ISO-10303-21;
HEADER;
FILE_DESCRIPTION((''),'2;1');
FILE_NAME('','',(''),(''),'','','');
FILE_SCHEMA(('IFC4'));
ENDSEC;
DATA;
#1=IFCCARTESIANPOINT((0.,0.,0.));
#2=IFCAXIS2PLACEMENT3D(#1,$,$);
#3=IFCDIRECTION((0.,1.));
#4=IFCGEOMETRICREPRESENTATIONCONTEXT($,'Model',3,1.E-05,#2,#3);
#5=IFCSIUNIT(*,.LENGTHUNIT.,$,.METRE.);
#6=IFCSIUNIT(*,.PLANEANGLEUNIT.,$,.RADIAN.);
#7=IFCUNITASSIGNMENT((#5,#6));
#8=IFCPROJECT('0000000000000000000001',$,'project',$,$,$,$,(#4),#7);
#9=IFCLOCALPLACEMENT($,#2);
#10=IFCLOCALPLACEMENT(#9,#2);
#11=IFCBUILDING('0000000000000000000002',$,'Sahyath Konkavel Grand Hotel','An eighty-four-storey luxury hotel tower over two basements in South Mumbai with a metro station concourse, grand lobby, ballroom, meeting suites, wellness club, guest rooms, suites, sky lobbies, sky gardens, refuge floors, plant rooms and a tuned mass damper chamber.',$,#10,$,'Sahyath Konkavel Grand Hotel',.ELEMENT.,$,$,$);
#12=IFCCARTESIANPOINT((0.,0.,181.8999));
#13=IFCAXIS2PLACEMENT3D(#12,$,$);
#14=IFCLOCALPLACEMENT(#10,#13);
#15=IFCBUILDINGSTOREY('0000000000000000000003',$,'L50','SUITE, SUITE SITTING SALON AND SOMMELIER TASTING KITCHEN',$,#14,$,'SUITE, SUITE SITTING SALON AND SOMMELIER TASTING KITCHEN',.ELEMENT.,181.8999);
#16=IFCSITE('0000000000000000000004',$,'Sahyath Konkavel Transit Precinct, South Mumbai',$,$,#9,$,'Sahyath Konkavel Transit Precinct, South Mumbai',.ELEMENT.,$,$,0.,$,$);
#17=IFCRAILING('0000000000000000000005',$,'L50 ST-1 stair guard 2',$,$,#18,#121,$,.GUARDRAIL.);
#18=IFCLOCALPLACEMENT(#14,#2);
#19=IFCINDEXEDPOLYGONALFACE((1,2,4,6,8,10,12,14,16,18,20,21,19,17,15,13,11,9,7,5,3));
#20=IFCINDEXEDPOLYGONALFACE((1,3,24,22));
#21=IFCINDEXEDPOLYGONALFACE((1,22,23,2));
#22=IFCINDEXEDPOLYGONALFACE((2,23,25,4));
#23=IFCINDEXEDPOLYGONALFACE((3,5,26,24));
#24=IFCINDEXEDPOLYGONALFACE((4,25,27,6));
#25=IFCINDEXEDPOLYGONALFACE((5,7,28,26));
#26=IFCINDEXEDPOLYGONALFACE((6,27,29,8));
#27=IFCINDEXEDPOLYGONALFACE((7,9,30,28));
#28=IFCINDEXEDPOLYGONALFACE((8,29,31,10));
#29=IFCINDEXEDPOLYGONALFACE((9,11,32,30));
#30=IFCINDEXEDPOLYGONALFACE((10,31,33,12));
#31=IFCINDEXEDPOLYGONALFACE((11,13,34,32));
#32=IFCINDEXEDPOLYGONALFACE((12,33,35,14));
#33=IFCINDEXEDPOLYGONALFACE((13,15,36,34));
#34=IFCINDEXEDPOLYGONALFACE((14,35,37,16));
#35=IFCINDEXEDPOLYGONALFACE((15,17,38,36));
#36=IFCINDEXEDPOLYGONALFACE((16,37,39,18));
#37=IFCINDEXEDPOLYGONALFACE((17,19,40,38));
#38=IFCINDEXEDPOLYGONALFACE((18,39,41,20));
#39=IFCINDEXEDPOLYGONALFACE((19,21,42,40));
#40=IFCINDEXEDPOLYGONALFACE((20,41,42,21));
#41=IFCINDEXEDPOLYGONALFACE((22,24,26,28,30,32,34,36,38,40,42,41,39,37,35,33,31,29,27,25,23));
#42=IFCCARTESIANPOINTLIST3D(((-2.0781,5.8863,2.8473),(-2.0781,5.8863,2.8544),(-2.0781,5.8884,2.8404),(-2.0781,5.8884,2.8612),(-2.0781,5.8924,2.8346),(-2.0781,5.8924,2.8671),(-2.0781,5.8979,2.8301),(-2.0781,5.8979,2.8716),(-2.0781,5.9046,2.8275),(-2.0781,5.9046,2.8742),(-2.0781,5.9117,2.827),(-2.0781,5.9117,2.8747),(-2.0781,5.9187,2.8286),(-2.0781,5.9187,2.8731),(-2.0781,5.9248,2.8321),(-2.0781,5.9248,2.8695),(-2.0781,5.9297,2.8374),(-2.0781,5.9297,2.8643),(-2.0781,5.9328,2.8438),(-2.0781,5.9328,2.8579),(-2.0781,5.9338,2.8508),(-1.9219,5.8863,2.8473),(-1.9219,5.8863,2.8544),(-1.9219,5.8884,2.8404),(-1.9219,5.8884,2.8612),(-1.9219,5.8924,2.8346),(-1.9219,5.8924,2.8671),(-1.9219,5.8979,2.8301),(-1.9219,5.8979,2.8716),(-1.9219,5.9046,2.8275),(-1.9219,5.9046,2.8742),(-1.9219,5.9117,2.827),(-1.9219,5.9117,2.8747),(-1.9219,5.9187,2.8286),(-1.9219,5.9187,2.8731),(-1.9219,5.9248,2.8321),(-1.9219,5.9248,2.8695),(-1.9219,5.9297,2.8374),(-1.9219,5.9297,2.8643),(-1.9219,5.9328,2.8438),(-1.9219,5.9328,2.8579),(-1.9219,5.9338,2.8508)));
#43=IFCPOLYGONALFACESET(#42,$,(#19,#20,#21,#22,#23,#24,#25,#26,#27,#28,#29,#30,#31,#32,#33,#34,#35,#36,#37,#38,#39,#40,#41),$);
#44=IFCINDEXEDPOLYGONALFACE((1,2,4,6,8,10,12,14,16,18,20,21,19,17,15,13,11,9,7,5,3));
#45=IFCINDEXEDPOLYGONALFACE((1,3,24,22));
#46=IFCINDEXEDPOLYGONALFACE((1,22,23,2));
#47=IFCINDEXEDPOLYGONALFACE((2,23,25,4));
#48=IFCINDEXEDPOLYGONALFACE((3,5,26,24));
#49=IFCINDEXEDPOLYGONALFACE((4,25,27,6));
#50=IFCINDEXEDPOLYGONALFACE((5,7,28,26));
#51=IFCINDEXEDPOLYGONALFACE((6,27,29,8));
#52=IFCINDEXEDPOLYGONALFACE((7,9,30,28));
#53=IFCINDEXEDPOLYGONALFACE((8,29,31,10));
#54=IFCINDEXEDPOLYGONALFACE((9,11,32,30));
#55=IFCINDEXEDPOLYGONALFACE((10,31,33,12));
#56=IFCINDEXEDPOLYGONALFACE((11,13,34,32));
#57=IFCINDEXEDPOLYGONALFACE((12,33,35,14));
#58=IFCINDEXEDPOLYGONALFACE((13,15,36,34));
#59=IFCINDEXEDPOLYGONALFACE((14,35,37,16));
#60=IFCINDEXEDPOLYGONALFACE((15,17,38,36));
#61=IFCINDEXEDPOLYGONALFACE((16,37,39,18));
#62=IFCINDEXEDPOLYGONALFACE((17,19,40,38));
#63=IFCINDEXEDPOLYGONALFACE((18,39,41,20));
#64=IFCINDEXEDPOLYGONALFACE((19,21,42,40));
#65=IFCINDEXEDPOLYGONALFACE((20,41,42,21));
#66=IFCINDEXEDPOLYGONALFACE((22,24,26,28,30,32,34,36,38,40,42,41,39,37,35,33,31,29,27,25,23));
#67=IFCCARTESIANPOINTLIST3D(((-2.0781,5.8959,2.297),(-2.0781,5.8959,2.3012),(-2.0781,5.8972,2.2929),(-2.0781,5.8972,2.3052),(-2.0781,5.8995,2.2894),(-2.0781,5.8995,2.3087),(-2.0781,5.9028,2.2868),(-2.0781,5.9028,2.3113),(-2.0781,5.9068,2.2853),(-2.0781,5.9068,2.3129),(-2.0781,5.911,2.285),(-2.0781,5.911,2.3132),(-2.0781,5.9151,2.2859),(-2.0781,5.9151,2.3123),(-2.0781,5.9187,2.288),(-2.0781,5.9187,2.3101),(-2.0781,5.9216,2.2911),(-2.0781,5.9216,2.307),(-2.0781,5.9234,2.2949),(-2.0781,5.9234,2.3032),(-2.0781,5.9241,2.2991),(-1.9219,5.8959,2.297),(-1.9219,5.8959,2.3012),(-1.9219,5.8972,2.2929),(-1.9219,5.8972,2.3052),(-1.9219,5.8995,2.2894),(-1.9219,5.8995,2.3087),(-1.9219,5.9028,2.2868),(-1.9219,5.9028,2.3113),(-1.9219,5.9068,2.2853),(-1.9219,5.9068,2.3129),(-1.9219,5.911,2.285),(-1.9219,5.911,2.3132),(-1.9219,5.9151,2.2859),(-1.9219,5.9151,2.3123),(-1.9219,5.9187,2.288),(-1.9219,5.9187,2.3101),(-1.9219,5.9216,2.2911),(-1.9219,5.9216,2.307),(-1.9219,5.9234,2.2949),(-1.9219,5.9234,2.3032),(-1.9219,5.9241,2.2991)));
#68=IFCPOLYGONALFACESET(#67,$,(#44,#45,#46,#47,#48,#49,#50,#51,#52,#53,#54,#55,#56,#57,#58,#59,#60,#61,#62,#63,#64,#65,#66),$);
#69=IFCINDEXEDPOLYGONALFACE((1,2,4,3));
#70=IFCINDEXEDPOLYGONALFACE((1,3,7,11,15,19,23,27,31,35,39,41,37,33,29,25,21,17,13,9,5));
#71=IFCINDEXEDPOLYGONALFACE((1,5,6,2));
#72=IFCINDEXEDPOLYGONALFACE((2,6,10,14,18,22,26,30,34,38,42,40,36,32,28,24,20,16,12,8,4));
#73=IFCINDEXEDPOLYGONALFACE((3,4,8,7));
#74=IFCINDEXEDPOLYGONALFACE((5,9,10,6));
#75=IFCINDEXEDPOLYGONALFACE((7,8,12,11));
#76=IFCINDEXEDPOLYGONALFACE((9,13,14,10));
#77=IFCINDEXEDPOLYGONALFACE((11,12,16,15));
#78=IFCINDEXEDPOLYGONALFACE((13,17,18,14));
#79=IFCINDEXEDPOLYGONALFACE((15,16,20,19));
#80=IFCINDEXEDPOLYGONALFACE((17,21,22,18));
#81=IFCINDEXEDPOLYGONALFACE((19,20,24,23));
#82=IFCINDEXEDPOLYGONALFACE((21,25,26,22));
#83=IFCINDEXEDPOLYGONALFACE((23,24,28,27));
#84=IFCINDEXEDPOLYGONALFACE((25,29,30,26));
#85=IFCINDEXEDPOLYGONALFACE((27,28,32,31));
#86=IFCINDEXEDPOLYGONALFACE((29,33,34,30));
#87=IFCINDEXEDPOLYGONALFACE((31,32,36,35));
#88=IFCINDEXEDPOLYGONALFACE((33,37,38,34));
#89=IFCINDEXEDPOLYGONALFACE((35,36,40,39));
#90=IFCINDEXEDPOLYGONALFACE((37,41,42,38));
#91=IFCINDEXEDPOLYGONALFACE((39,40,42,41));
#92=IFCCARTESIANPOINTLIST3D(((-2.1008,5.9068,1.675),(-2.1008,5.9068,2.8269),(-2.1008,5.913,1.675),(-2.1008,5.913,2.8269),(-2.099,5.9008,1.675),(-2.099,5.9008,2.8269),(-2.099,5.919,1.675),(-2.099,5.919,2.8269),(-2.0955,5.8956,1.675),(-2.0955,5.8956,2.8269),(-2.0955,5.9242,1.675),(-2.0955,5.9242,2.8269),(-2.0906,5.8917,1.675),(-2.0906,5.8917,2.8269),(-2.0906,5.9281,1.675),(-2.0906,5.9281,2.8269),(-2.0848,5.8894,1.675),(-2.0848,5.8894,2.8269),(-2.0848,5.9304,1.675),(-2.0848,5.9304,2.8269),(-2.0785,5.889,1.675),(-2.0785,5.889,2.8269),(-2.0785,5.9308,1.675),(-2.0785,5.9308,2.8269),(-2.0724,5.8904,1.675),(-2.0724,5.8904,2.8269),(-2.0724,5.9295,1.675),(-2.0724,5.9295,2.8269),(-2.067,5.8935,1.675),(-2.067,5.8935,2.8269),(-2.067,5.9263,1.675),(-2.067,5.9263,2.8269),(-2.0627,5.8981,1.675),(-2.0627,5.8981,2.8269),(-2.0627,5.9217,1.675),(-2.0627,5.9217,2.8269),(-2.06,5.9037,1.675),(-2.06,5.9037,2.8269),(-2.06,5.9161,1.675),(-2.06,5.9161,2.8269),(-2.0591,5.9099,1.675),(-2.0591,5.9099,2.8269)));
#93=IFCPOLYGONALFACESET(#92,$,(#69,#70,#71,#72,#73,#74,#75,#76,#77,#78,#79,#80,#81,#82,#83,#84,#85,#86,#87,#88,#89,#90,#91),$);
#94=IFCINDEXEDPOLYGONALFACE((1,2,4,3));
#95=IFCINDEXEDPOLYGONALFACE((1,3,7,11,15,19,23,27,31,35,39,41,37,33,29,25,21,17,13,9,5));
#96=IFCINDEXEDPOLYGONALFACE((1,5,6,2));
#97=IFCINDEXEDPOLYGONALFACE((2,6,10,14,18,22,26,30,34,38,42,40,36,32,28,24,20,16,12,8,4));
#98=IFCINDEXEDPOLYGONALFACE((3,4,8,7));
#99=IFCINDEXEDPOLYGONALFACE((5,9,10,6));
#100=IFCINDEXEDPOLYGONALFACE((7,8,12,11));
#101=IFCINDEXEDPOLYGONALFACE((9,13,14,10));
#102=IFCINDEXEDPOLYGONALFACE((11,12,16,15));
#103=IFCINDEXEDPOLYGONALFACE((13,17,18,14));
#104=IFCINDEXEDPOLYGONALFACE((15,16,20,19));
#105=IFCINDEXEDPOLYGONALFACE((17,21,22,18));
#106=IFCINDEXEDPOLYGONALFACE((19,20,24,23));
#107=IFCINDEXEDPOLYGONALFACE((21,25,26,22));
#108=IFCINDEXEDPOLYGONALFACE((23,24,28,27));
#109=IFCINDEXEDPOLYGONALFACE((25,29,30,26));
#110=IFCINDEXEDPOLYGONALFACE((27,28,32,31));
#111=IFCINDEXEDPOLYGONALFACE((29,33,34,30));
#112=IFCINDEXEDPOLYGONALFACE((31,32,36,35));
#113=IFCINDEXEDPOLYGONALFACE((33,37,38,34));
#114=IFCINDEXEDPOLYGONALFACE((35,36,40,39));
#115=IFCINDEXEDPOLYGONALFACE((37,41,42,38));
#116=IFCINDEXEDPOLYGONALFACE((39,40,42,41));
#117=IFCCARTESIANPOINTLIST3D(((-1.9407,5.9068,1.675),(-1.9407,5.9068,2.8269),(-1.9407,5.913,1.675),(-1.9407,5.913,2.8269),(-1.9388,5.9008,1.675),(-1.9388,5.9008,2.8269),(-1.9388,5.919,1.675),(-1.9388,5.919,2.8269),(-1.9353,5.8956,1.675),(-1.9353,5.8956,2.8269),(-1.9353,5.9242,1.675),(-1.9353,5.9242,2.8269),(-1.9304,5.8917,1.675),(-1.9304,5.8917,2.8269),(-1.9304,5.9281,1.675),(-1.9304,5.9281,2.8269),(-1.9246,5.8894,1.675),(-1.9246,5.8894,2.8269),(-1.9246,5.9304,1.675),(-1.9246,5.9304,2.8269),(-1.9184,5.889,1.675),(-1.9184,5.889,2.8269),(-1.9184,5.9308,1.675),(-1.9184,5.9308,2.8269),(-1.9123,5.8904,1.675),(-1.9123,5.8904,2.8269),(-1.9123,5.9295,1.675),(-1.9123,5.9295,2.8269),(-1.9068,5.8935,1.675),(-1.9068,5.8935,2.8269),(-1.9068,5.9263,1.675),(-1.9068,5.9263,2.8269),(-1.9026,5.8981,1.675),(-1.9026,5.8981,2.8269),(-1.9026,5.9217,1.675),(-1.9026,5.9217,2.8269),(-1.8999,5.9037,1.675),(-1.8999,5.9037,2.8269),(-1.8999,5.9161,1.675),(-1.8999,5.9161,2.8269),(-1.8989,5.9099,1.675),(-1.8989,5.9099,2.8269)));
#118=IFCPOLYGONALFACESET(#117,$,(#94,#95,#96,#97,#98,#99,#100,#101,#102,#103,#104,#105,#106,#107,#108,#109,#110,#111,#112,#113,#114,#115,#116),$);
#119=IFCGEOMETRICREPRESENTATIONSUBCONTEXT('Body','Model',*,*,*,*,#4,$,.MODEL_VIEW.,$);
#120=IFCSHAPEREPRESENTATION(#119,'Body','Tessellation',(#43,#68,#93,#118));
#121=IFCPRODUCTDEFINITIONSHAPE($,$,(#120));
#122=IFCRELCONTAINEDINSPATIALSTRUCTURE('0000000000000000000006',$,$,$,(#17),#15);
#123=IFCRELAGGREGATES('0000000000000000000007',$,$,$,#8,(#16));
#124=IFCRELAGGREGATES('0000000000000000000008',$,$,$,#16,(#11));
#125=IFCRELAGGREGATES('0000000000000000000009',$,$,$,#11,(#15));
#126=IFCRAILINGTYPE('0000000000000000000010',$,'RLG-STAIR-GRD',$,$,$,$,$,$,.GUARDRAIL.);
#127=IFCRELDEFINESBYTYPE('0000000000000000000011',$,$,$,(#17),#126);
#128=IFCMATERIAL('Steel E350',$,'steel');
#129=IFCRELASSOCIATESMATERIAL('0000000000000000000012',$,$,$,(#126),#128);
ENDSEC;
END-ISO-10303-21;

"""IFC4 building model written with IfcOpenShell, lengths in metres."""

from ifc_helpers import new_model, si_unit, direction, frame, origin, origin_2d, place, context, subcontext, project, spatial, circle, extrude, material, type_object, element, save


model = new_model("IFC4")

# Units and contexts
model_context = context("Model", 3, precision=1e-05, world=origin(), true_north=direction((0.0, 1.0)))
body_context = subcontext(model_context, "Body", "Model", "MODEL_VIEW")
ifc_project = project(units=[si_unit("LENGTHUNIT", "METRE"), si_unit("PLANEANGLEUNIT", "RADIAN")], contexts=[model_context])

# Site, building, storey
site_placement = place(None, origin())
site = spatial("IfcSite", under=ifc_project, at=site_placement, Name="Sahyath Konkavel Transit Precinct, South Mumbai", LongName="Sahyath Konkavel Transit Precinct, South Mumbai", CompositionType="ELEMENT", RefElevation=0.0)
building_placement = place(site_placement, origin())
building = spatial("IfcBuilding", under=site, at=building_placement, Name="Sahyath Konkavel Grand Hotel", Description="An eighty-four-storey luxury hotel tower over two basements in South Mumbai with a metro station concourse, grand lobby, ballroom, meeting suites, wellness club, guest rooms, suites, sky lobbies, sky gardens, refuge floors, plant rooms and a tuned mass damper chamber.", LongName="Sahyath Konkavel Grand Hotel", CompositionType="ELEMENT")
storey_placement = place(building_placement, frame((0.0, 0.0, 181.8999)))
storey = spatial("IfcBuildingStorey", under=building, at=storey_placement, Name="L50", Description="SUITE, SUITE SITTING SALON AND SOMMELIER TASTING KITCHEN", LongName="SUITE, SUITE SITTING SALON AND SOMMELIER TASTING KITCHEN", CompositionType="ELEMENT", Elevation=181.8999)

# Shared definitions
ifc_material_1 = material(Name="Steel E350", Category="steel")

# Railing
railing_type_1 = type_object("IfcRailingType", Name="RLG-STAIR-GRD", PredefinedType="GUARDRAIL", material=ifc_material_1)
railing_1_placement = place(storey_placement, frame((-2.0801, 5.9099, 1.675)))
element("IfcRailing", 1, at=railing_1_placement, inside=storey, type_object=railing_type_1, Name="L50 ST-1 stair guard 2", PredefinedType="GUARDRAIL", context=body_context, shape_type="SweptSolid", body=[
    extrude(circle(Radius=0.0239, at=origin_2d()), frame((0.002, 0.0, 1.1758), z_axis=(1.0, 0.0, 0.0), x_axis=(0.0, 1.0, 0.0)), (0.0, 0.0, 1.0), 0.1562),
    extrude(circle(Radius=0.0142, at=origin_2d()), frame((0.002, 0.0, 0.624), z_axis=(1.0, 0.0, 0.0), x_axis=(0.0, 1.0, 0.0)), (0.0, 0.0, 1.0), 0.1562),
    extrude(circle(Radius=0.021, at=origin_2d()), origin(), (0.0, 0.0, 1.0), 1.1519),
    extrude(circle(Radius=0.021, at=origin_2d()), frame((0.1602, 0.0, 0.0)), (0.0, 0.0, 1.0), 1.1519),
])

save(model, "model.ifc")
